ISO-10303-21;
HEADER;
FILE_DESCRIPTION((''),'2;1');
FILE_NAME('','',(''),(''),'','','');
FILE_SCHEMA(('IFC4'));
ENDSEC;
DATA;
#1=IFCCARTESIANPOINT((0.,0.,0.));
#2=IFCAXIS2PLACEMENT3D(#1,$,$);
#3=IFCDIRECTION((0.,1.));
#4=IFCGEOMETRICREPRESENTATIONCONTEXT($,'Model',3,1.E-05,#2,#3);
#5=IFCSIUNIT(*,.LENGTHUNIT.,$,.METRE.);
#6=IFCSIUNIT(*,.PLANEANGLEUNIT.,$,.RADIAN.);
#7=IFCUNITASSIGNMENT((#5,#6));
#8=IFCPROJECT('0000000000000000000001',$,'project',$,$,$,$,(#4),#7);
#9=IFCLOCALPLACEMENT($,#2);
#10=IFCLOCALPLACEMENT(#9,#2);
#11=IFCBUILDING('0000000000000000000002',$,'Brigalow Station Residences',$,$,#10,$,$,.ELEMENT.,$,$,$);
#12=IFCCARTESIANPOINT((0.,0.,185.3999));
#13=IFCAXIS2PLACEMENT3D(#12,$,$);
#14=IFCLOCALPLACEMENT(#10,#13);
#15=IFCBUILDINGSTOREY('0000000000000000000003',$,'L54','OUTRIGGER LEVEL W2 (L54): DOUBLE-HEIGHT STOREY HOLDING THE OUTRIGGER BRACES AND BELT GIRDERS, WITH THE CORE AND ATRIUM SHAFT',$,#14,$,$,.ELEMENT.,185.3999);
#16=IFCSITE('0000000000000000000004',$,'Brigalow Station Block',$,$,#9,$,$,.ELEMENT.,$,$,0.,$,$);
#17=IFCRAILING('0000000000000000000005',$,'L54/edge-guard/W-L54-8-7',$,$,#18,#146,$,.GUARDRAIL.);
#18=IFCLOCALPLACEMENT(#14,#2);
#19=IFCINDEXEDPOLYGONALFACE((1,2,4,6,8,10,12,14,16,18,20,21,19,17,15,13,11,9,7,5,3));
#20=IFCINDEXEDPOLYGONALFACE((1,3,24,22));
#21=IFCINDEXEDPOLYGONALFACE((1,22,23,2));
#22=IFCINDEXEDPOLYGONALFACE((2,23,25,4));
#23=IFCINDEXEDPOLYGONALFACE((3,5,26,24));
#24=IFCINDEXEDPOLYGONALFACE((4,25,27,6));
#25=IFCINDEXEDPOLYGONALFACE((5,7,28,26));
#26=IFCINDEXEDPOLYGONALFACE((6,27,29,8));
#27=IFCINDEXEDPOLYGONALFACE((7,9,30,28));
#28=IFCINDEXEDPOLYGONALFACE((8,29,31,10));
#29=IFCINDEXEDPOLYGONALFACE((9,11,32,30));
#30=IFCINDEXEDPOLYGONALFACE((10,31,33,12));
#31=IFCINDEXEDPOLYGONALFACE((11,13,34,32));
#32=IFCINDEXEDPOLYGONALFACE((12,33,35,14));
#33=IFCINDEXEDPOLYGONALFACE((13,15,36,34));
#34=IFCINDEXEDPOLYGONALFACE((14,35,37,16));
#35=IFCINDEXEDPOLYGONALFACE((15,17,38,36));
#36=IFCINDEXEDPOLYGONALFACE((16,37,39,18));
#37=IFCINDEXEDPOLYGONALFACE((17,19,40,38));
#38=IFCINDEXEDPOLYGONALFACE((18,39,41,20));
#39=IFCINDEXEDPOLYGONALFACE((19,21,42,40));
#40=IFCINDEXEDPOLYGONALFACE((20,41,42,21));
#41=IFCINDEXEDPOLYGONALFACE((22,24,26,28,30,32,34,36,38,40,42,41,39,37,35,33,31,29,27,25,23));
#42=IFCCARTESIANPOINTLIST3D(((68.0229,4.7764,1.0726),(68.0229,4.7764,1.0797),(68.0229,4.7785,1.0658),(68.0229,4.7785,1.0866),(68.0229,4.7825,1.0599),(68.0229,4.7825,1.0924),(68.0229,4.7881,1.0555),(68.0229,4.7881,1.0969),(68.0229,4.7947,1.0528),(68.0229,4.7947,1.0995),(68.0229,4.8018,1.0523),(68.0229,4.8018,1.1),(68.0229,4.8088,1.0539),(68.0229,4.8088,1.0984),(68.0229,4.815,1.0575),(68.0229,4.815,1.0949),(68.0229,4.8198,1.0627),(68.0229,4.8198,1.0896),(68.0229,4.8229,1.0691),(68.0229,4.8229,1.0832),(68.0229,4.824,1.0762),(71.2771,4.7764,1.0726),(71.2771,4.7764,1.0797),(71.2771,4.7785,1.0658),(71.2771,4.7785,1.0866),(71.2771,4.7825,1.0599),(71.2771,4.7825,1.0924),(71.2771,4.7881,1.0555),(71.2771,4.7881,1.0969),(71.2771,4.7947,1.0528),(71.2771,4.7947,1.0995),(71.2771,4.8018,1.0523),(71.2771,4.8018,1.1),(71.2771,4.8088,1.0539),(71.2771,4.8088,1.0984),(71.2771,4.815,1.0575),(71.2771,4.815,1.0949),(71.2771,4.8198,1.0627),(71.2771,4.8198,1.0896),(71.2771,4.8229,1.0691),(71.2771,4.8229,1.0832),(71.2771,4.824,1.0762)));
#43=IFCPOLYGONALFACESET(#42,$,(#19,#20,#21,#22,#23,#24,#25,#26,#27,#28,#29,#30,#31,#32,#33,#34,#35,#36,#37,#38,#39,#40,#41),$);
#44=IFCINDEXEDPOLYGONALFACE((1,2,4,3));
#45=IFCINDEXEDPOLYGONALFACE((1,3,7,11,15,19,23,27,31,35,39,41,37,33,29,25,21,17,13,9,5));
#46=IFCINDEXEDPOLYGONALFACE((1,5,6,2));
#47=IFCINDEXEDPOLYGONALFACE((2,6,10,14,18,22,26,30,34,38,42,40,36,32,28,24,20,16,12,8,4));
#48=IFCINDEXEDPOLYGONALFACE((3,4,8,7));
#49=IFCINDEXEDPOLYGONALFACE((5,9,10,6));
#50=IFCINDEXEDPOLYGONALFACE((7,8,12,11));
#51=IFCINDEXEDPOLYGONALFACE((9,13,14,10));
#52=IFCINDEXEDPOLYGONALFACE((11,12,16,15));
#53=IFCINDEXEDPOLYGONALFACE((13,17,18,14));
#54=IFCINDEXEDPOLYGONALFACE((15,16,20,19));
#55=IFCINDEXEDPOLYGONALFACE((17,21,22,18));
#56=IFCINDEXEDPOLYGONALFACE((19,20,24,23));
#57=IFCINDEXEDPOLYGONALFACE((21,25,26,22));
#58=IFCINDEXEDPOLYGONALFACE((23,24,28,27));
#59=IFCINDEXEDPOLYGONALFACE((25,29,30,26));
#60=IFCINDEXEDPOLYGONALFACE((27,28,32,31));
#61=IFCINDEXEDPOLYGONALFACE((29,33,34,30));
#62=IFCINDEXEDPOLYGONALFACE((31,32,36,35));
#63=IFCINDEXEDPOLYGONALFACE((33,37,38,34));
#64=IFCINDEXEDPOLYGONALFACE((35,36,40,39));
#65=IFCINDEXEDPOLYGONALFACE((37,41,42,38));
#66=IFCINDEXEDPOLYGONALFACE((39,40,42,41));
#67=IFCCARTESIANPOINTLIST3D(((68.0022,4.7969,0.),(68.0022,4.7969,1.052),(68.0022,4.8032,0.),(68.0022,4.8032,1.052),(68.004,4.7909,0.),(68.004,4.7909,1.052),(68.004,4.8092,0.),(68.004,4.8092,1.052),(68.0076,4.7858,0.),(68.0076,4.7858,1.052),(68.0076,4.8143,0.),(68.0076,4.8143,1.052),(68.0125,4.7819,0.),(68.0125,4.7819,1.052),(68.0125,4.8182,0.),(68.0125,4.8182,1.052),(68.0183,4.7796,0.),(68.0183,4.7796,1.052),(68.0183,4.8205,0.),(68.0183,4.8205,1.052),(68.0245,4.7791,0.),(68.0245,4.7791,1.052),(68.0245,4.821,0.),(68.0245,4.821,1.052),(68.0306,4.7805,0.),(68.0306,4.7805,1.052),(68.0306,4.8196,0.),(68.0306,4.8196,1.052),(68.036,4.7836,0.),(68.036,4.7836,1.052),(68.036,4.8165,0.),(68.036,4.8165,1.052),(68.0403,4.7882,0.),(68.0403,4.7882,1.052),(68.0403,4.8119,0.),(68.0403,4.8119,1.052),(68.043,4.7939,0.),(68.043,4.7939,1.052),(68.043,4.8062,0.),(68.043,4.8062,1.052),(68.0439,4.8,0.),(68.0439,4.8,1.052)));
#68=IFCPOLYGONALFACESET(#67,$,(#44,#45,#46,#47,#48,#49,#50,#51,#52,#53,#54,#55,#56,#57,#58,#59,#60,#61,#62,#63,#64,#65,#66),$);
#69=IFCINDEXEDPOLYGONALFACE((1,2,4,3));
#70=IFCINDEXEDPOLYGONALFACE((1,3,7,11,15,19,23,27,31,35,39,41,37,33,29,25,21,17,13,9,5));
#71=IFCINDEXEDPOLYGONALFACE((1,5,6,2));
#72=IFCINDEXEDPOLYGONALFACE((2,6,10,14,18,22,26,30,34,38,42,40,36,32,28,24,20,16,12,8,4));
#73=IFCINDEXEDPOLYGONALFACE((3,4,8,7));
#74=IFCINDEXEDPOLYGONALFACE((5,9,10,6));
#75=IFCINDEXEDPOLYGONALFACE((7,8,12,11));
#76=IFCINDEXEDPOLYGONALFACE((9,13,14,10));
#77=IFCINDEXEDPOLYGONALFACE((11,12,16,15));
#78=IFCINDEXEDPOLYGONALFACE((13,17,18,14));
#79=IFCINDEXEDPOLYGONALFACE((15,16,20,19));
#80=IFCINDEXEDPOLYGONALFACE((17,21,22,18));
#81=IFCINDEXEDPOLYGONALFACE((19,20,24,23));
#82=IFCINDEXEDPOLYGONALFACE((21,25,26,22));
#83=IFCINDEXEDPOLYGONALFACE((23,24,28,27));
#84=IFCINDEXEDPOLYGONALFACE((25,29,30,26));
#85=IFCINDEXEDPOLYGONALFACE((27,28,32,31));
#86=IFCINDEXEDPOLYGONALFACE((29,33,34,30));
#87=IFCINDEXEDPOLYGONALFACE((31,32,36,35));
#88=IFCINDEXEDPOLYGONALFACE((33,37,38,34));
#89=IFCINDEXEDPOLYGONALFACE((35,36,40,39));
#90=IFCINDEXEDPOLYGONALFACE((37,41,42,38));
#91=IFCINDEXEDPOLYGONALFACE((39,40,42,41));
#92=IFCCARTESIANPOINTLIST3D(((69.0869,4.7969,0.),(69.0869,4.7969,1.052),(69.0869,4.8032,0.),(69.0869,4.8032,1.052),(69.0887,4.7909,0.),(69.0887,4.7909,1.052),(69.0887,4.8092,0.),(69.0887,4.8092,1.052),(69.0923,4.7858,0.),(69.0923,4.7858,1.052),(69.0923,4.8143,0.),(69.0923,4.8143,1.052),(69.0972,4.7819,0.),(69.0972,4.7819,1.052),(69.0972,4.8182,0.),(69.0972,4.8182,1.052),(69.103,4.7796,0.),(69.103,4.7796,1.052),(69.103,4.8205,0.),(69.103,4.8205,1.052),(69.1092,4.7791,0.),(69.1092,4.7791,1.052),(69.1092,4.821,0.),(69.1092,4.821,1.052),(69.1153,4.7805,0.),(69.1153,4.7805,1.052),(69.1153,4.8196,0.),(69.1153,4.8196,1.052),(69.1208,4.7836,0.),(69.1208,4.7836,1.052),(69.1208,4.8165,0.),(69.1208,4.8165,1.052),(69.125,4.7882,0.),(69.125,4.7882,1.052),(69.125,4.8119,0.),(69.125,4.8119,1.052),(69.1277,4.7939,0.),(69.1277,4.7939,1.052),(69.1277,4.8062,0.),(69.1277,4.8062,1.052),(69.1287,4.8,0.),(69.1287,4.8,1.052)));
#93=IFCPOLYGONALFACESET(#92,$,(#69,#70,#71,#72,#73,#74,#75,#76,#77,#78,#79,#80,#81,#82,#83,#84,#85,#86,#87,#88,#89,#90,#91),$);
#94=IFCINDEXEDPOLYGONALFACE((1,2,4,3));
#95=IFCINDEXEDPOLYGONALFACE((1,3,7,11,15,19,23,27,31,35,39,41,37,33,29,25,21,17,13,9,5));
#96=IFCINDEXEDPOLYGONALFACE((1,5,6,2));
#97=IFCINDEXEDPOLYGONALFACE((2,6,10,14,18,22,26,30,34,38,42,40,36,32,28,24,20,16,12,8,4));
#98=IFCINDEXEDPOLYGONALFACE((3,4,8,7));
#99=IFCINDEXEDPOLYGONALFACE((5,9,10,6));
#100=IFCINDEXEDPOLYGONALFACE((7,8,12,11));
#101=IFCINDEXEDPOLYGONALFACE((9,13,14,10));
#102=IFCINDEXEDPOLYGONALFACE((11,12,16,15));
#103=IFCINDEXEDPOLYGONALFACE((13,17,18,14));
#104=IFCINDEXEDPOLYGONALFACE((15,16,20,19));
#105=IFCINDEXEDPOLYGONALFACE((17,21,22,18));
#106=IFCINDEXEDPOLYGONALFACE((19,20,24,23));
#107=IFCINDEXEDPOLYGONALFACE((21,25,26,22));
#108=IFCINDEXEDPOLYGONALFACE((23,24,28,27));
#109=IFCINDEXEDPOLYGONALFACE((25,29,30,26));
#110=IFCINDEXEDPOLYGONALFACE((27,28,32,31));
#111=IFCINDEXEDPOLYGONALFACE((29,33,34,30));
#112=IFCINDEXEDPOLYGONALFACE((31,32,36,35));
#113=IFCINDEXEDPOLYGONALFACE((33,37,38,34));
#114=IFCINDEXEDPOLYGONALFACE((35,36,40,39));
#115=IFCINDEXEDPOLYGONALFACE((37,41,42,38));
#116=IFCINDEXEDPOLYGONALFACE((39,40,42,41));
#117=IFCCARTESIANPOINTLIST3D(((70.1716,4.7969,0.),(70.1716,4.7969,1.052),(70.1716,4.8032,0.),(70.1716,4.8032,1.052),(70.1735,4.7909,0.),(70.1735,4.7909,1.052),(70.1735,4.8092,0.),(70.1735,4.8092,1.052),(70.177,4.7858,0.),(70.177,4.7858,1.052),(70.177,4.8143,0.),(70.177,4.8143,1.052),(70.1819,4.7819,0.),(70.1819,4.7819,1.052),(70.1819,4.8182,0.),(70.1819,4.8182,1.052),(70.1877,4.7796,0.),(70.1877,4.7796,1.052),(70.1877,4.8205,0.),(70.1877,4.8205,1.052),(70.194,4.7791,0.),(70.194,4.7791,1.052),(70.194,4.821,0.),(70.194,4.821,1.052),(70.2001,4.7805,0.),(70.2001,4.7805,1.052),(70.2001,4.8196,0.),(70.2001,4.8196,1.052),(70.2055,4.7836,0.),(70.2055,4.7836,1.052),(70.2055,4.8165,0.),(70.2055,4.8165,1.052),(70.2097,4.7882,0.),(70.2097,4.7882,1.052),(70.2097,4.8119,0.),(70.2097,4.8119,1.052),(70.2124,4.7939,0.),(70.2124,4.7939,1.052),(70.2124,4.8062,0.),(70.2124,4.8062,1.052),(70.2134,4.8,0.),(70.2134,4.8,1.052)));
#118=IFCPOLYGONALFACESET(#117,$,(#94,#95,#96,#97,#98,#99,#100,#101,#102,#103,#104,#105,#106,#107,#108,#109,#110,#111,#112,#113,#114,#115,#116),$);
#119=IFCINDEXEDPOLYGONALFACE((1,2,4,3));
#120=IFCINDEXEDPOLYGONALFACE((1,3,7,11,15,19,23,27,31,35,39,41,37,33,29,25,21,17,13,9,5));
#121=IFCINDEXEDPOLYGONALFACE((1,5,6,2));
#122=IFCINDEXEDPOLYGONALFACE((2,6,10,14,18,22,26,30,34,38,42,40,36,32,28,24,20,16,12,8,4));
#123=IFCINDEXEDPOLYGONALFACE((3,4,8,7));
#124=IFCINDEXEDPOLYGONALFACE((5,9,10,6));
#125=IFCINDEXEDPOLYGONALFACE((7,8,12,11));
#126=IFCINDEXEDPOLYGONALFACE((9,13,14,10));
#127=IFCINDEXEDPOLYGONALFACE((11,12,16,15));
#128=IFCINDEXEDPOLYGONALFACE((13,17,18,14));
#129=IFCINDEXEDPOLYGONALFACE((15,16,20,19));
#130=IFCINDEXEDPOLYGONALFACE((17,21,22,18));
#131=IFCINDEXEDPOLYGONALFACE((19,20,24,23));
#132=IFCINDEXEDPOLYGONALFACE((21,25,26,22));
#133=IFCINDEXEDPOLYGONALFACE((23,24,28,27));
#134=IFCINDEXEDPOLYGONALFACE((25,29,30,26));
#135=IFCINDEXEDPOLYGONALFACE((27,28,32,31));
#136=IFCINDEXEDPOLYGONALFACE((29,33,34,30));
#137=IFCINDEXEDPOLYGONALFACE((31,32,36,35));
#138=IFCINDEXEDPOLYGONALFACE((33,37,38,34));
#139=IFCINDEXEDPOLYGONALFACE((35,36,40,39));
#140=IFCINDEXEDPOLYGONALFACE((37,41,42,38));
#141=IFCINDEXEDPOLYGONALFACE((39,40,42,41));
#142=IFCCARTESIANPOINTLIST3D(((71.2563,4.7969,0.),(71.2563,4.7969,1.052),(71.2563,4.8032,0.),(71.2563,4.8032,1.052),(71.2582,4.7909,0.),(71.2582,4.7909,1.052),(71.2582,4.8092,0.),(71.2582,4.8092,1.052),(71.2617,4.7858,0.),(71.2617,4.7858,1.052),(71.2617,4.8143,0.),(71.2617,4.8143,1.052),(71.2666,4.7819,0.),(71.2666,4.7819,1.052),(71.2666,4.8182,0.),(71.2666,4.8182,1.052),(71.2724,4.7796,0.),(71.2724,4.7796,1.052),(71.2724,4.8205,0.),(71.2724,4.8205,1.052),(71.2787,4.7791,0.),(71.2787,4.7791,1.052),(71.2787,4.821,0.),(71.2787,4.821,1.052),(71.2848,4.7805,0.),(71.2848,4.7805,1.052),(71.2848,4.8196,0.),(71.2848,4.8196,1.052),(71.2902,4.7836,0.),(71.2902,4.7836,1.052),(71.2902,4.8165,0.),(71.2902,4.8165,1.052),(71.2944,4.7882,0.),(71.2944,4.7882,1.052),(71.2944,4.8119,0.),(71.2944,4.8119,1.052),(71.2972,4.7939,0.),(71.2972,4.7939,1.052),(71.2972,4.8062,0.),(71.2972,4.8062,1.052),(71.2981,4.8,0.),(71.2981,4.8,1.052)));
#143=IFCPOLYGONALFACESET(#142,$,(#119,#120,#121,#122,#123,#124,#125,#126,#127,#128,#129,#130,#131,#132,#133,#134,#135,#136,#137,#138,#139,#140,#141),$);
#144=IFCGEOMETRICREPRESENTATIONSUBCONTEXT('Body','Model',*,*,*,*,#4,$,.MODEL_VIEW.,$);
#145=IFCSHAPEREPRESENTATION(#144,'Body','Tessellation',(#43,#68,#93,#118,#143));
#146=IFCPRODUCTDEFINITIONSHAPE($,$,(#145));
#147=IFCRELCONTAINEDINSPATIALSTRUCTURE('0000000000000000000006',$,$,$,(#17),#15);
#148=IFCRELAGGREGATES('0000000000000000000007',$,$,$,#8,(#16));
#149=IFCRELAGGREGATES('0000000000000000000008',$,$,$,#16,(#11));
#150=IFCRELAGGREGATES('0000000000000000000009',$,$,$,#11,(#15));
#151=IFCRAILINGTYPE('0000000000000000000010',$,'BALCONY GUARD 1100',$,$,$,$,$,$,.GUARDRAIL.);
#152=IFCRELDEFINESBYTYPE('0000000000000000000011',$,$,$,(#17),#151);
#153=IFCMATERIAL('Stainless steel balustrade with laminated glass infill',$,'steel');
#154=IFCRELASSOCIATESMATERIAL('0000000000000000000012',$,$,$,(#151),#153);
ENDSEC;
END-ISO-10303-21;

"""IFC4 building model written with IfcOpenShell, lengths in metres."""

from ifc_helpers import new_model, si_unit, direction, frame, origin, origin_2d, place, context, subcontext, project, spatial, circle, extrude, material, type_object, element, save


model = new_model("IFC4")

# Units and contexts
model_context = context("Model", 3, precision=1e-05, world=origin(), true_north=direction((0.0, 1.0)))
body_context = subcontext(model_context, "Body", "Model", "MODEL_VIEW")
ifc_project = project(units=[si_unit("LENGTHUNIT", "METRE"), si_unit("PLANEANGLEUNIT", "RADIAN")], contexts=[model_context])

# Site, building, storey
site_placement = place(None, origin())
site = spatial("IfcSite", under=ifc_project, at=site_placement, Name="Brigalow Station Block", CompositionType="ELEMENT", RefElevation=0.0)
building_placement = place(site_placement, origin())
building = spatial("IfcBuilding", under=site, at=building_placement, Name="Brigalow Station Residences", CompositionType="ELEMENT")
storey_placement = place(building_placement, frame((0.0, 0.0, 185.3999)))
storey = spatial("IfcBuildingStorey", under=building, at=storey_placement, Name="L54", Description="OUTRIGGER LEVEL W2 (L54): DOUBLE-HEIGHT STOREY HOLDING THE OUTRIGGER BRACES AND BELT GIRDERS, WITH THE CORE AND ATRIUM SHAFT", CompositionType="ELEMENT", Elevation=185.3999)

# Railing
ifc_material_1 = material(Name="Stainless steel balustrade with laminated glass infill", Category="steel")
railing_type = type_object("IfcRailingType", Name="BALCONY GUARD 1100", PredefinedType="GUARDRAIL", material=ifc_material_1)
railing_1_placement = place(storey_placement, frame((68.0229, 4.8, 0.0)))
element("IfcRailing", 1, at=railing_1_placement, inside=storey, type_object=railing_type, Name="L54/edge-guard/W-L54-8-7", PredefinedType="GUARDRAIL", context=body_context, shape_type="SweptSolid", body=[
    extrude(circle(Radius=0.0239, at=origin_2d()), frame((0.0, 0.0, 1.0762), z_axis=(1.0, 0.0, 0.0), x_axis=(0.0, 1.0, 0.0)), (0.0, 0.0, 1.0), 3.2542),
    extrude(circle(Radius=0.021, at=origin_2d()), origin(), (0.0, 0.0, 1.0), 1.052),
    extrude(circle(Radius=0.021, at=origin_2d()), frame((1.0847, 0.0, 0.0)), (0.0, 0.0, 1.0), 1.052),
    extrude(circle(Radius=0.021, at=origin_2d()), frame((2.1694, 0.0, 0.0)), (0.0, 0.0, 1.0), 1.052),
    extrude(circle(Radius=0.021, at=origin_2d()), frame((3.2542, 0.0, 0.0)), (0.0, 0.0, 1.0), 1.052),
])

save(model, "model.ifc")
